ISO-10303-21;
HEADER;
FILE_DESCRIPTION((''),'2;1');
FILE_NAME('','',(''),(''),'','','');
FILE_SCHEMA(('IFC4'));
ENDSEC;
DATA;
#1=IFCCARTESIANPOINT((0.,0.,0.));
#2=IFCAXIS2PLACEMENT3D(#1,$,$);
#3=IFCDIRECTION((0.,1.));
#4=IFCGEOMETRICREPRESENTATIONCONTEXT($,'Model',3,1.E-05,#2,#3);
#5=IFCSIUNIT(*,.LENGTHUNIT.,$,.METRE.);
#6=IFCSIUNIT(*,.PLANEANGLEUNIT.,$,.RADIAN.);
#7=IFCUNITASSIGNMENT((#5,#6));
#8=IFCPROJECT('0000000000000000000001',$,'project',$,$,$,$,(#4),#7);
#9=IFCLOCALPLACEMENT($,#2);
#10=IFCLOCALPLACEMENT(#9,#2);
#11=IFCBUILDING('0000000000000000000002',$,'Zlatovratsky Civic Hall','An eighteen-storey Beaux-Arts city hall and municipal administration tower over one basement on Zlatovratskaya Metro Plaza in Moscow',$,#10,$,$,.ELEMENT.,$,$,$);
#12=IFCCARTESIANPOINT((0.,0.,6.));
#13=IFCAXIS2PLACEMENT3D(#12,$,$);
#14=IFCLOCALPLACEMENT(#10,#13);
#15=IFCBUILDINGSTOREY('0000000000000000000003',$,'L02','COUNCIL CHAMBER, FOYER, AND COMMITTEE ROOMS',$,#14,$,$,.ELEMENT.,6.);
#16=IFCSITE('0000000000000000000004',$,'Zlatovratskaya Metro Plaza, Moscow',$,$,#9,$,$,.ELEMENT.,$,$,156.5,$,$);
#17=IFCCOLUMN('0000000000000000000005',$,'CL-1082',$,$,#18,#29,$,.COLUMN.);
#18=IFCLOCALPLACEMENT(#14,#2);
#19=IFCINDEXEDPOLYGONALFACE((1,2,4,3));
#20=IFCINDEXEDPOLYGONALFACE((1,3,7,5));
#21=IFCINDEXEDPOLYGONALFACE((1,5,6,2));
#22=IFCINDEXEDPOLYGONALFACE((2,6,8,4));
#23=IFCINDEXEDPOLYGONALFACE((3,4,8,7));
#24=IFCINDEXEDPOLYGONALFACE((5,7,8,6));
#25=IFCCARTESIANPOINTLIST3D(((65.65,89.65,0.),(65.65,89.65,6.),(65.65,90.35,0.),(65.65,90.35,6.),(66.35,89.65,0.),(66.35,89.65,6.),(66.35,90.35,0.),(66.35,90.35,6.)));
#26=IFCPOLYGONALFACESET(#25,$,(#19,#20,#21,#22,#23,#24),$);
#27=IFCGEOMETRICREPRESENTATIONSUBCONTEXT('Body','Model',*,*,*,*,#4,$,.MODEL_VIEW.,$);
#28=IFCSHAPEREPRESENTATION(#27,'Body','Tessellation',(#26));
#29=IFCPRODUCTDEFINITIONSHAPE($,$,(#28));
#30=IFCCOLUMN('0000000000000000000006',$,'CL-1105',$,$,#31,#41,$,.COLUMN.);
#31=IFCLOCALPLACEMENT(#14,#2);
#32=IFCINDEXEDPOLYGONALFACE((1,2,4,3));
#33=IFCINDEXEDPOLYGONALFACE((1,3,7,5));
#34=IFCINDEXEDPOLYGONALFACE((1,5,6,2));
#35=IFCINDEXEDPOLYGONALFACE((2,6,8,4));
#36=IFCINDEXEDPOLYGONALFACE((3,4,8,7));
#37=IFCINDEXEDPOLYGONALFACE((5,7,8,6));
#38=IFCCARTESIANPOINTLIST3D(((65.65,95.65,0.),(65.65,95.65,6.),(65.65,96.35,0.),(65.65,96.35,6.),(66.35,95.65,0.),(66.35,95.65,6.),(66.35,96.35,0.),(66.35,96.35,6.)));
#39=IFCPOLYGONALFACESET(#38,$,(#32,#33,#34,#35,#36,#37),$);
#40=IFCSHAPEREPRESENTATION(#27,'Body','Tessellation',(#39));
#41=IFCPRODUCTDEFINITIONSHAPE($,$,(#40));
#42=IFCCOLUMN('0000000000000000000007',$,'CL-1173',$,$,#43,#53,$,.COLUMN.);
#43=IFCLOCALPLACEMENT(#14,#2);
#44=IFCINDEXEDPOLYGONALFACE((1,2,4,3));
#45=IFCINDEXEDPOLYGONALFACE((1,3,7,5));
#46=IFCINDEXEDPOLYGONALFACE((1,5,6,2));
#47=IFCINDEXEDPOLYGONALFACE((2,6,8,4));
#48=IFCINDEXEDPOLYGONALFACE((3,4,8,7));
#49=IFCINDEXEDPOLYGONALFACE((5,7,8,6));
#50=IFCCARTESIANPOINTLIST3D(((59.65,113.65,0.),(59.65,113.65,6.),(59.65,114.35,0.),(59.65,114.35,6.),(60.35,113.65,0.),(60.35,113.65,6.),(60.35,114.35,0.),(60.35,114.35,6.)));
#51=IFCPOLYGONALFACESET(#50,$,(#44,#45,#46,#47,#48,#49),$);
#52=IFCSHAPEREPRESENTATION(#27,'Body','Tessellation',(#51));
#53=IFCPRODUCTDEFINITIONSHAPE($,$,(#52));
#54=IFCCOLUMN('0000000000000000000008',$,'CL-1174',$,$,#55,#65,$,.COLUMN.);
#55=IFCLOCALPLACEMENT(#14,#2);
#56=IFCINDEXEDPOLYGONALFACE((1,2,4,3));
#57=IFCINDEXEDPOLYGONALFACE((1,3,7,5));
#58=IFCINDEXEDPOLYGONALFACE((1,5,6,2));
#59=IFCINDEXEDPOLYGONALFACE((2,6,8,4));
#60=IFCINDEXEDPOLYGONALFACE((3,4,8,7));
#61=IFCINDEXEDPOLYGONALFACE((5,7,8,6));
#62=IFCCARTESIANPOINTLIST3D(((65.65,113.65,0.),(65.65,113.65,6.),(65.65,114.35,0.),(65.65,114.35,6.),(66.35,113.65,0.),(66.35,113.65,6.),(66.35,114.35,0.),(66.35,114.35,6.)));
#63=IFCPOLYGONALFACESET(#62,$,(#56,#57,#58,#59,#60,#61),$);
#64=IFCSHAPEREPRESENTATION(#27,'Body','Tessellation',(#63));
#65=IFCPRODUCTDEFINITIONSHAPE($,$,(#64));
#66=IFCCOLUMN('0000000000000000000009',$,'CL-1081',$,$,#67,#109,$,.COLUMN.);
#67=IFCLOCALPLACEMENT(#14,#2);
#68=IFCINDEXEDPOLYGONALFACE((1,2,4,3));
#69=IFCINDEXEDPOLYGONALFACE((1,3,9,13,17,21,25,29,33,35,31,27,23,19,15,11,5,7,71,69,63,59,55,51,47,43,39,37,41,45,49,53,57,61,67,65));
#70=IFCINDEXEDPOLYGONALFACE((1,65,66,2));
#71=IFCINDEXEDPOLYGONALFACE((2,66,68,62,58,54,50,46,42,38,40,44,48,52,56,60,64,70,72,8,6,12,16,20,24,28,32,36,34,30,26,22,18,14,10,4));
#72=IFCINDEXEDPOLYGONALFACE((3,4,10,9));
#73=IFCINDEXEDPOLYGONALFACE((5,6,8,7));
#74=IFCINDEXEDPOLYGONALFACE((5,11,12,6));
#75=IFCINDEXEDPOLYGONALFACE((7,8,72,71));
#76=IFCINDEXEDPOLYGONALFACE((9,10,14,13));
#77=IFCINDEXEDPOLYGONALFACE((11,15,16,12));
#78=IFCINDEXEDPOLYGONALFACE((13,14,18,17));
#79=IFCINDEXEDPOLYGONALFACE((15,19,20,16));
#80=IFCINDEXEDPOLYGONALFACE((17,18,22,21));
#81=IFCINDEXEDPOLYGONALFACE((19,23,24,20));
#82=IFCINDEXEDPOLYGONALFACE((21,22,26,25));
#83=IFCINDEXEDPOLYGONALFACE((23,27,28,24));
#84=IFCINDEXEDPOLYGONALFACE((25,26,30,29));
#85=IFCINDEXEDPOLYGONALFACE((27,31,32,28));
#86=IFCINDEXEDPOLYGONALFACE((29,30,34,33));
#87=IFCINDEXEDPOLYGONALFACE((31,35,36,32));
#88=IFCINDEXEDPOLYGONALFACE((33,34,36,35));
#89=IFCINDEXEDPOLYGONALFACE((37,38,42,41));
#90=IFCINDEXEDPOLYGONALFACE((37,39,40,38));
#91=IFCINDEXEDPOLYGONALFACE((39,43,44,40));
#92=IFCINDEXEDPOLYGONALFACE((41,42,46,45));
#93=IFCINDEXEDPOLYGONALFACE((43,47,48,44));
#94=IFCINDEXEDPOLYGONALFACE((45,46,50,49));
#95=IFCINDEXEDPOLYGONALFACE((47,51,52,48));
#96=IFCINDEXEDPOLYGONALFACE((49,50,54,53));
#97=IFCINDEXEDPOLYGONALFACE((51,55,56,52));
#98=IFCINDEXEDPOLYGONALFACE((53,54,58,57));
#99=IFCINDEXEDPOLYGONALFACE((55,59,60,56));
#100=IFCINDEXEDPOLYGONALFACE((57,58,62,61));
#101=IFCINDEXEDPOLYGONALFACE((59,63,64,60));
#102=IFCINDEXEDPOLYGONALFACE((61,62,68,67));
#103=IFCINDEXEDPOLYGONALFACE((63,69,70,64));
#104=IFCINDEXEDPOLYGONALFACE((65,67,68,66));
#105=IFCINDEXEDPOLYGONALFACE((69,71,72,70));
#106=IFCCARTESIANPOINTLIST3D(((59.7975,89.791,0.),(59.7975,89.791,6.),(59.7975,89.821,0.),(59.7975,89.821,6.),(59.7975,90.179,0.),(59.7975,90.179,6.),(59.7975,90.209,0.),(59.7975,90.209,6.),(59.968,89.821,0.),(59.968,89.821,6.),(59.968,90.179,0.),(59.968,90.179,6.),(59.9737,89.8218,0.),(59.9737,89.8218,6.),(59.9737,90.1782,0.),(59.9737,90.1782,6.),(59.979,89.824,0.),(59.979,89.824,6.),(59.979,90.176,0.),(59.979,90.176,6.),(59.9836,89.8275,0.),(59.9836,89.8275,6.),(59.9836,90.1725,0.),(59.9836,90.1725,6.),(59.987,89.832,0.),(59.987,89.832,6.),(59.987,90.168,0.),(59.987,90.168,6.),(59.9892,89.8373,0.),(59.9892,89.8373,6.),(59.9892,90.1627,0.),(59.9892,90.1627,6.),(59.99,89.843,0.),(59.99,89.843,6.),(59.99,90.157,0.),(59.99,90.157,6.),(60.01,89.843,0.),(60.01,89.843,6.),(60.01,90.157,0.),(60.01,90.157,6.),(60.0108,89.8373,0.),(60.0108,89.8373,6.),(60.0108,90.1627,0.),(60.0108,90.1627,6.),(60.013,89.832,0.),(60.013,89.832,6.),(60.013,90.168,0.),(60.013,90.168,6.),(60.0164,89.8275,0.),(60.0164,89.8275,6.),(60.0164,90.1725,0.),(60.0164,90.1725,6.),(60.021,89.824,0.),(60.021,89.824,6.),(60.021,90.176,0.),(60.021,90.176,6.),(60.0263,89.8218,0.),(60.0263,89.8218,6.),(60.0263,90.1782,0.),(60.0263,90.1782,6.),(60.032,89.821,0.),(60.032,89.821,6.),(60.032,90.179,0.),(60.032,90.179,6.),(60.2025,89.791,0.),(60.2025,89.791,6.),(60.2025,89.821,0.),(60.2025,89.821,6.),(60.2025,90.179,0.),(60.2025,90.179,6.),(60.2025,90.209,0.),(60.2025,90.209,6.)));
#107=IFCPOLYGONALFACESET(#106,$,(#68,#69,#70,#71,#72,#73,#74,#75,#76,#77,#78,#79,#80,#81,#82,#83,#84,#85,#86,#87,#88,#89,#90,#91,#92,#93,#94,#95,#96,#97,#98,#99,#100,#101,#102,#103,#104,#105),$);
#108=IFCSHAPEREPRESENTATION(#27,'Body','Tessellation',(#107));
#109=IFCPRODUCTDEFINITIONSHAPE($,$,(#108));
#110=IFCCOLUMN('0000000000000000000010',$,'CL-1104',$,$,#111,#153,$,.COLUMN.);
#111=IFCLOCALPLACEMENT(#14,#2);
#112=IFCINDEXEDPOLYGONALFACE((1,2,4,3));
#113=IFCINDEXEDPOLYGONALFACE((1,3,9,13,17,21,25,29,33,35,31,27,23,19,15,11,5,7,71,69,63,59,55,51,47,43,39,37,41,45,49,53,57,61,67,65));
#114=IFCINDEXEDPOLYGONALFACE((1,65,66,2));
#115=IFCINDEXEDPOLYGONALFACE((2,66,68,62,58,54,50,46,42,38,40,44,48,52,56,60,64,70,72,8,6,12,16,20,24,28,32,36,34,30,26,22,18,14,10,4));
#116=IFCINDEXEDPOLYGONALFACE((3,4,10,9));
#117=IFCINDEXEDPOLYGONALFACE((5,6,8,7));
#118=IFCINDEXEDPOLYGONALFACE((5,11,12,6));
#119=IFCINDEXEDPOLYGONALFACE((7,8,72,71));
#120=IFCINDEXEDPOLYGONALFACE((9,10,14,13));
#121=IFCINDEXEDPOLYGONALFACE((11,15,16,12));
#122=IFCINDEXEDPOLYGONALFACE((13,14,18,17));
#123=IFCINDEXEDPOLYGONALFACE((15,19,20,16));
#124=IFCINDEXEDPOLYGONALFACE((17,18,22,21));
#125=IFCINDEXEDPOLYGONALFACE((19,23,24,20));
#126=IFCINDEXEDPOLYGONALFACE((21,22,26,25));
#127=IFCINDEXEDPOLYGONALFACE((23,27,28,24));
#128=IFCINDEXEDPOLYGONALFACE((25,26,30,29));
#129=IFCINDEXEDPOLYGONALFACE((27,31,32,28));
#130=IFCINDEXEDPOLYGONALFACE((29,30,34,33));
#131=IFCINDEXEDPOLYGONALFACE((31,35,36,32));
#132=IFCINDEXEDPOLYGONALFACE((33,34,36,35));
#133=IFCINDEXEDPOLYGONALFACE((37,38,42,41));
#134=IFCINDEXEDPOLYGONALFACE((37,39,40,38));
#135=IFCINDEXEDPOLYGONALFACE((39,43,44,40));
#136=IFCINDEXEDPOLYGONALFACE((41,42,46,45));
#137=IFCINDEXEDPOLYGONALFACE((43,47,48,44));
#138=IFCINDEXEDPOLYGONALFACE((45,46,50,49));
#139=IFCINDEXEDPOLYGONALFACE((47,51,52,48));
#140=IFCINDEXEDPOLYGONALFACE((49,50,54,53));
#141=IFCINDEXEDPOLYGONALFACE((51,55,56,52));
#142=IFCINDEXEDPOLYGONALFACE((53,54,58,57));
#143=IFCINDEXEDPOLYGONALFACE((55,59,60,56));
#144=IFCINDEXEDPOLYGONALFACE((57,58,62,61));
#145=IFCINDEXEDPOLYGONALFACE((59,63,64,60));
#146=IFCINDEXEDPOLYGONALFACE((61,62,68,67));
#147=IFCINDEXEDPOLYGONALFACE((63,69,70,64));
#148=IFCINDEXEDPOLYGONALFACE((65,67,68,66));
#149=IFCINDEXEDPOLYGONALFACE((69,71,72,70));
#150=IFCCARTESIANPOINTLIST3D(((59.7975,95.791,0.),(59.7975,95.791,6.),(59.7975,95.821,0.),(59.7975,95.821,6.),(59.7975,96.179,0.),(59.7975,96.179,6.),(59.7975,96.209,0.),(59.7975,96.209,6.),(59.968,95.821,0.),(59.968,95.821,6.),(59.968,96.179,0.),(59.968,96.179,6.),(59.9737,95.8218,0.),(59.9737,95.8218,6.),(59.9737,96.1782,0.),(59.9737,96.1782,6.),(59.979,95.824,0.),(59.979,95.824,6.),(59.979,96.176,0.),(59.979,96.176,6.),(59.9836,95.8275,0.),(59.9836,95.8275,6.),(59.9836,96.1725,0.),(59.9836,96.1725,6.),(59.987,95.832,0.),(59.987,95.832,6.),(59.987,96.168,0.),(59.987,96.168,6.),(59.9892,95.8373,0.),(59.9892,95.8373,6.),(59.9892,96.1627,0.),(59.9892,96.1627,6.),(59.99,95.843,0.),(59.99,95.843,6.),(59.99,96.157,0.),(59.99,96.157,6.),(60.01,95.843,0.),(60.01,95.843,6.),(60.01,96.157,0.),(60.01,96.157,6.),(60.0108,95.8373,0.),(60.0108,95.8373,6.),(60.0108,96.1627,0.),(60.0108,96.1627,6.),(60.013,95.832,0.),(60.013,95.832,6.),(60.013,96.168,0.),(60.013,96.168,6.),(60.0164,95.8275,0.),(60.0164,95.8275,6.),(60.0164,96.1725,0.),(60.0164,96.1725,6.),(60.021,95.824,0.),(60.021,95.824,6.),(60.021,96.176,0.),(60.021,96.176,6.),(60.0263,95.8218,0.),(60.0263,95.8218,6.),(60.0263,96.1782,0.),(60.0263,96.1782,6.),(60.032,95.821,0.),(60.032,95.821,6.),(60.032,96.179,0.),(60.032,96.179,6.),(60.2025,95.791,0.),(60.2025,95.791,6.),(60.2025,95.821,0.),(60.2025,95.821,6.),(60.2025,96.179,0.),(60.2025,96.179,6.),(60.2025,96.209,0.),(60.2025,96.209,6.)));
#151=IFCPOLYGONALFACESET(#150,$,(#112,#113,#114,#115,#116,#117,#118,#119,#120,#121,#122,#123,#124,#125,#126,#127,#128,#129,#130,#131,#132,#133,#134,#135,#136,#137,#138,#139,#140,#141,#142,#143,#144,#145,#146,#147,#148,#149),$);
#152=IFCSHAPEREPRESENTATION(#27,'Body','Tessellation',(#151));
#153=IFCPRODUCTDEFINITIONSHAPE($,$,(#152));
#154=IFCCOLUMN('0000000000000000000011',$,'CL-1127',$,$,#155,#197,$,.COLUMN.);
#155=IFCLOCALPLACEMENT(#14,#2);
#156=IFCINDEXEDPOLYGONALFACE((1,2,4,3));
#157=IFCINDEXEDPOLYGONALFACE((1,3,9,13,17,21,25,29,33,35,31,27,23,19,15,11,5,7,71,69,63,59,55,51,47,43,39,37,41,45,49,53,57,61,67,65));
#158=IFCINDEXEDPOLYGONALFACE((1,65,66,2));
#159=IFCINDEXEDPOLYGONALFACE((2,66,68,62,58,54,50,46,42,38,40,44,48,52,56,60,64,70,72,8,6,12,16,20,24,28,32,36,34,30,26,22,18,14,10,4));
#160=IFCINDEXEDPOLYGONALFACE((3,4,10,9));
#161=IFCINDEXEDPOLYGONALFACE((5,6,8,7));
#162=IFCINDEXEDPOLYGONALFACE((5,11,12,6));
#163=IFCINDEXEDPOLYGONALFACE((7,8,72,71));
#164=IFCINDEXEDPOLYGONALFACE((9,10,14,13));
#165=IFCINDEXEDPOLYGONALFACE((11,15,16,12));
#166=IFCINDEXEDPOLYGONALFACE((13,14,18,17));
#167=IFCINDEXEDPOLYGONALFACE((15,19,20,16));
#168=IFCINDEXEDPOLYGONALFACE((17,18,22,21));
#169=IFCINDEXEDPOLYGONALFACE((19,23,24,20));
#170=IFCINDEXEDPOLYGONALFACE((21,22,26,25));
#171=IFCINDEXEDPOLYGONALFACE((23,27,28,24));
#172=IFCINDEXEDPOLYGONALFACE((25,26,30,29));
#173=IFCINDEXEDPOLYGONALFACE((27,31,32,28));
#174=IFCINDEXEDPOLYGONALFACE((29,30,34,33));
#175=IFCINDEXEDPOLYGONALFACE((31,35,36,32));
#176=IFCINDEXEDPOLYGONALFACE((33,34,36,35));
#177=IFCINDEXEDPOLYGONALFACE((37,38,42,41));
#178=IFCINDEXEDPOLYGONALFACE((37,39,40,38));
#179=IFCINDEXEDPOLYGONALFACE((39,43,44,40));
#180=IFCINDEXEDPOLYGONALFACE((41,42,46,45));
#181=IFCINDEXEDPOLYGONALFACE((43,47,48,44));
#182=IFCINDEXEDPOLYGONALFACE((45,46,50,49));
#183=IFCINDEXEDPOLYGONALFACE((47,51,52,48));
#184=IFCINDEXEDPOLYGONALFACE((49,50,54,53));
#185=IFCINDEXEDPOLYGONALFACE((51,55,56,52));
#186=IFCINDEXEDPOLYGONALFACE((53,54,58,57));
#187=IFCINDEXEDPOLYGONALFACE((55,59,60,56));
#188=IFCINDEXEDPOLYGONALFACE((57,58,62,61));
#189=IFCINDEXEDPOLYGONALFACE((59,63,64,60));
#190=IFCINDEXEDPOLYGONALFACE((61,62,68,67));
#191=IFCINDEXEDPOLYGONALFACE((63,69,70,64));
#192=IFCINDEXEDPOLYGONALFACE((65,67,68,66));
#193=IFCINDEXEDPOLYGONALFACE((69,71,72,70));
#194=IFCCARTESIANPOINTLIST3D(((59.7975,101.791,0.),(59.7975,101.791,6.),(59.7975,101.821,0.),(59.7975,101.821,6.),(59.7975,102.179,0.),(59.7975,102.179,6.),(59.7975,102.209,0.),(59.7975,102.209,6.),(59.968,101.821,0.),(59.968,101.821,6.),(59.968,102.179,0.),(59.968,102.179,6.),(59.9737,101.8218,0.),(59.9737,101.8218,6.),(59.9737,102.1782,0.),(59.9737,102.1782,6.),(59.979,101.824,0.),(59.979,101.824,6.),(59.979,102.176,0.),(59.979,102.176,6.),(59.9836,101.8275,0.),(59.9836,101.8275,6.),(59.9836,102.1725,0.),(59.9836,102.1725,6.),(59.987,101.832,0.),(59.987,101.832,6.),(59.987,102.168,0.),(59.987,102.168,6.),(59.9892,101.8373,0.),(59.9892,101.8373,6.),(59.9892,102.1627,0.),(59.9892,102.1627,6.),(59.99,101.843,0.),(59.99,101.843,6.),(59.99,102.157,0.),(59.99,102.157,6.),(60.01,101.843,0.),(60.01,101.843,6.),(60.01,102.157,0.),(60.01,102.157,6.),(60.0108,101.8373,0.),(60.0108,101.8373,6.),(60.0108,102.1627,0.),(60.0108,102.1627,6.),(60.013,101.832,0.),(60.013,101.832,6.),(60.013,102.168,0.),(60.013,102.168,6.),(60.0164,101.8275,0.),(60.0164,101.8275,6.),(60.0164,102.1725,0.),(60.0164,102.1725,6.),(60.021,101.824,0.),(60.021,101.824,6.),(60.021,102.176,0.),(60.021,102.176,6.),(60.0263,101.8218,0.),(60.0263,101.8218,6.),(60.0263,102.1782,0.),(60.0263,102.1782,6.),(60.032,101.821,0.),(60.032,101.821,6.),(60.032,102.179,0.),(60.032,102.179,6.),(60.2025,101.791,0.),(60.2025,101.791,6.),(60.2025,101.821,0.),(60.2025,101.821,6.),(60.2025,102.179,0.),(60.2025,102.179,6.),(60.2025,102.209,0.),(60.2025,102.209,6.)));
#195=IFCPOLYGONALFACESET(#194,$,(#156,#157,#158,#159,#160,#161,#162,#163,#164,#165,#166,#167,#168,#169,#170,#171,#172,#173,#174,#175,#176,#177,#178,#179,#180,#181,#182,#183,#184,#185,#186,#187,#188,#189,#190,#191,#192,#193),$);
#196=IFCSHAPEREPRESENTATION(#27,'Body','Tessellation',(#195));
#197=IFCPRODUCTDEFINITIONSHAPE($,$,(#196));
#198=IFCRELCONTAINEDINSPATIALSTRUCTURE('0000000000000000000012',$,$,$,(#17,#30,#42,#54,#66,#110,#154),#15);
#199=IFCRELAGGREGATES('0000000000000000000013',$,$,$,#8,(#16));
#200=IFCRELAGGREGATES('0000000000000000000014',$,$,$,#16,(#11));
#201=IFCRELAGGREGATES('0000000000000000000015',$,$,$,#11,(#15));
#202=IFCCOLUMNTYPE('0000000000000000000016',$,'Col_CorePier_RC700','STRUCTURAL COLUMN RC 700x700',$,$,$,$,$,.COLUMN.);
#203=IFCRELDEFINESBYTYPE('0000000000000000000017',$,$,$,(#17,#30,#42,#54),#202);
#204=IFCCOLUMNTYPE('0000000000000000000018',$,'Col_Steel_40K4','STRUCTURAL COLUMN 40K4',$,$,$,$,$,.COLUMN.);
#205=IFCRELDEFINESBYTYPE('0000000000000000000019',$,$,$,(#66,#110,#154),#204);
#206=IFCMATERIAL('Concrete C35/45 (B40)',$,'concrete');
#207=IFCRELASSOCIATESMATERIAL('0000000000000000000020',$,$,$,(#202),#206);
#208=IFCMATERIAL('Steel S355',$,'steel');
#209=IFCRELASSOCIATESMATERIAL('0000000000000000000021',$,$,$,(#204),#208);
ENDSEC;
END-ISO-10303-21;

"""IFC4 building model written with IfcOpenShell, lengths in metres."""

from ifc_helpers import new_model, si_unit, direction, frame, origin, origin_2d, place, context, subcontext, project, spatial, rectangle, i_section, extrude, material, material_profile, profile_set, type_object, element, save


model = new_model("IFC4")

# Units and contexts
model_context = context("Model", 3, precision=1e-05, world=origin(), true_north=direction((0.0, 1.0)))
body_context = subcontext(model_context, "Body", "Model", "MODEL_VIEW")
ifc_project = project(units=[si_unit("LENGTHUNIT", "METRE"), si_unit("PLANEANGLEUNIT", "RADIAN")], contexts=[model_context])

# Site, building, storey
site_placement = place(None, origin())
site = spatial("IfcSite", under=ifc_project, at=site_placement, Name="Zlatovratskaya Metro Plaza, Moscow", CompositionType="ELEMENT", RefElevation=156.5)
building_placement = place(site_placement, origin())
building = spatial("IfcBuilding", under=site, at=building_placement, Name="Zlatovratsky Civic Hall", Description="An eighteen-storey Beaux-Arts city hall and municipal administration tower over one basement on Zlatovratskaya Metro Plaza in Moscow", CompositionType="ELEMENT")
storey_placement = place(building_placement, frame((0.0, 0.0, 6.0)))
storey = spatial("IfcBuildingStorey", under=building, at=storey_placement, Name="L02", Description="COUNCIL CHAMBER, FOYER, AND COMMITTEE ROOMS", CompositionType="ELEMENT", Elevation=6.0)

# Columns
ifc_material_1 = material(Name="Concrete C35/45 (B40)", Category="concrete")
ifc_material_profile_1 = material_profile(ifc_material_1, rectangle(XDim=0.7, YDim=0.7, at=origin_2d()), Name="RC 700x700")
ifc_profile_set_1 = profile_set([ifc_material_profile_1], Name="Concrete C35/45 (B40)")
column_type_1 = type_object("IfcColumnType", Name="Col_CorePier_RC700", Description="STRUCTURAL COLUMN RC 700x700", PredefinedType="COLUMN", material=ifc_profile_set_1)
for number, where, z_axis, x_axis, name in (
    (1, (66.0, 90.0, 0.0), (0.0, 0.0, 1.0), (1.0, 0.0, 0.0), "CL-1082"),
    (2, (66.0, 96.0, 0.0), (0.0, 0.0, 1.0), (1.0, 0.0, 0.0), "CL-1105"),
    (3, (60.0, 114.0, 0.0), (0.0, 0.0, 1.0), (1.0, 0.0, 0.0), "CL-1173"),
    (4, (66.0, 114.0, 0.0), (0.0, 0.0, 1.0), (1.0, 0.0, 0.0), "CL-1174"),
):
    element("IfcColumn", number, at=place(storey_placement, frame(where, z_axis=z_axis, x_axis=x_axis)), inside=storey, type_object=column_type_1, Name=name, PredefinedType="COLUMN", context=body_context, shape_type="SweptSolid", body=[
        extrude(rectangle(XDim=0.7, YDim=0.7, at=origin_2d()), origin(), (0.0, 0.0, 1.0), 6.0),
    ])
ifc_material_2 = material(Name="Steel S355", Category="steel")
ifc_material_profile_2 = material_profile(ifc_material_2, i_section(OverallWidth=0.405, OverallDepth=0.418, WebThickness=0.02, FlangeThickness=0.03, FilletRadius=0.022, at=origin_2d()), Name="40K4")
ifc_profile_set_2 = profile_set([ifc_material_profile_2], Name="Steel S355")
column_type_2 = type_object("IfcColumnType", Name="Col_Steel_40K4", Description="STRUCTURAL COLUMN 40K4", PredefinedType="COLUMN", material=ifc_profile_set_2)
for number, where, z_axis, x_axis, name in (
    (5, (60.0, 90.0, 0.0), (0.0, 0.0, 1.0), (1.0, 0.0, 0.0), "CL-1081"),
    (6, (60.0, 96.0, 0.0), (0.0, 0.0, 1.0), (1.0, 0.0, 0.0), "CL-1104"),
    (7, (60.0, 102.0, 0.0), (0.0, 0.0, 1.0), (1.0, 0.0, 0.0), "CL-1127"),
):
    element("IfcColumn", number, at=place(storey_placement, frame(where, z_axis=z_axis, x_axis=x_axis)), inside=storey, type_object=column_type_2, Name=name, PredefinedType="COLUMN", context=body_context, shape_type="SweptSolid", body=[
        extrude(i_section(OverallWidth=0.405, OverallDepth=0.418, WebThickness=0.02, FlangeThickness=0.03, FilletRadius=0.022, at=origin_2d()), origin(), (0.0, 0.0, 1.0), 6.0),
    ])

save(model, "model.ifc")
